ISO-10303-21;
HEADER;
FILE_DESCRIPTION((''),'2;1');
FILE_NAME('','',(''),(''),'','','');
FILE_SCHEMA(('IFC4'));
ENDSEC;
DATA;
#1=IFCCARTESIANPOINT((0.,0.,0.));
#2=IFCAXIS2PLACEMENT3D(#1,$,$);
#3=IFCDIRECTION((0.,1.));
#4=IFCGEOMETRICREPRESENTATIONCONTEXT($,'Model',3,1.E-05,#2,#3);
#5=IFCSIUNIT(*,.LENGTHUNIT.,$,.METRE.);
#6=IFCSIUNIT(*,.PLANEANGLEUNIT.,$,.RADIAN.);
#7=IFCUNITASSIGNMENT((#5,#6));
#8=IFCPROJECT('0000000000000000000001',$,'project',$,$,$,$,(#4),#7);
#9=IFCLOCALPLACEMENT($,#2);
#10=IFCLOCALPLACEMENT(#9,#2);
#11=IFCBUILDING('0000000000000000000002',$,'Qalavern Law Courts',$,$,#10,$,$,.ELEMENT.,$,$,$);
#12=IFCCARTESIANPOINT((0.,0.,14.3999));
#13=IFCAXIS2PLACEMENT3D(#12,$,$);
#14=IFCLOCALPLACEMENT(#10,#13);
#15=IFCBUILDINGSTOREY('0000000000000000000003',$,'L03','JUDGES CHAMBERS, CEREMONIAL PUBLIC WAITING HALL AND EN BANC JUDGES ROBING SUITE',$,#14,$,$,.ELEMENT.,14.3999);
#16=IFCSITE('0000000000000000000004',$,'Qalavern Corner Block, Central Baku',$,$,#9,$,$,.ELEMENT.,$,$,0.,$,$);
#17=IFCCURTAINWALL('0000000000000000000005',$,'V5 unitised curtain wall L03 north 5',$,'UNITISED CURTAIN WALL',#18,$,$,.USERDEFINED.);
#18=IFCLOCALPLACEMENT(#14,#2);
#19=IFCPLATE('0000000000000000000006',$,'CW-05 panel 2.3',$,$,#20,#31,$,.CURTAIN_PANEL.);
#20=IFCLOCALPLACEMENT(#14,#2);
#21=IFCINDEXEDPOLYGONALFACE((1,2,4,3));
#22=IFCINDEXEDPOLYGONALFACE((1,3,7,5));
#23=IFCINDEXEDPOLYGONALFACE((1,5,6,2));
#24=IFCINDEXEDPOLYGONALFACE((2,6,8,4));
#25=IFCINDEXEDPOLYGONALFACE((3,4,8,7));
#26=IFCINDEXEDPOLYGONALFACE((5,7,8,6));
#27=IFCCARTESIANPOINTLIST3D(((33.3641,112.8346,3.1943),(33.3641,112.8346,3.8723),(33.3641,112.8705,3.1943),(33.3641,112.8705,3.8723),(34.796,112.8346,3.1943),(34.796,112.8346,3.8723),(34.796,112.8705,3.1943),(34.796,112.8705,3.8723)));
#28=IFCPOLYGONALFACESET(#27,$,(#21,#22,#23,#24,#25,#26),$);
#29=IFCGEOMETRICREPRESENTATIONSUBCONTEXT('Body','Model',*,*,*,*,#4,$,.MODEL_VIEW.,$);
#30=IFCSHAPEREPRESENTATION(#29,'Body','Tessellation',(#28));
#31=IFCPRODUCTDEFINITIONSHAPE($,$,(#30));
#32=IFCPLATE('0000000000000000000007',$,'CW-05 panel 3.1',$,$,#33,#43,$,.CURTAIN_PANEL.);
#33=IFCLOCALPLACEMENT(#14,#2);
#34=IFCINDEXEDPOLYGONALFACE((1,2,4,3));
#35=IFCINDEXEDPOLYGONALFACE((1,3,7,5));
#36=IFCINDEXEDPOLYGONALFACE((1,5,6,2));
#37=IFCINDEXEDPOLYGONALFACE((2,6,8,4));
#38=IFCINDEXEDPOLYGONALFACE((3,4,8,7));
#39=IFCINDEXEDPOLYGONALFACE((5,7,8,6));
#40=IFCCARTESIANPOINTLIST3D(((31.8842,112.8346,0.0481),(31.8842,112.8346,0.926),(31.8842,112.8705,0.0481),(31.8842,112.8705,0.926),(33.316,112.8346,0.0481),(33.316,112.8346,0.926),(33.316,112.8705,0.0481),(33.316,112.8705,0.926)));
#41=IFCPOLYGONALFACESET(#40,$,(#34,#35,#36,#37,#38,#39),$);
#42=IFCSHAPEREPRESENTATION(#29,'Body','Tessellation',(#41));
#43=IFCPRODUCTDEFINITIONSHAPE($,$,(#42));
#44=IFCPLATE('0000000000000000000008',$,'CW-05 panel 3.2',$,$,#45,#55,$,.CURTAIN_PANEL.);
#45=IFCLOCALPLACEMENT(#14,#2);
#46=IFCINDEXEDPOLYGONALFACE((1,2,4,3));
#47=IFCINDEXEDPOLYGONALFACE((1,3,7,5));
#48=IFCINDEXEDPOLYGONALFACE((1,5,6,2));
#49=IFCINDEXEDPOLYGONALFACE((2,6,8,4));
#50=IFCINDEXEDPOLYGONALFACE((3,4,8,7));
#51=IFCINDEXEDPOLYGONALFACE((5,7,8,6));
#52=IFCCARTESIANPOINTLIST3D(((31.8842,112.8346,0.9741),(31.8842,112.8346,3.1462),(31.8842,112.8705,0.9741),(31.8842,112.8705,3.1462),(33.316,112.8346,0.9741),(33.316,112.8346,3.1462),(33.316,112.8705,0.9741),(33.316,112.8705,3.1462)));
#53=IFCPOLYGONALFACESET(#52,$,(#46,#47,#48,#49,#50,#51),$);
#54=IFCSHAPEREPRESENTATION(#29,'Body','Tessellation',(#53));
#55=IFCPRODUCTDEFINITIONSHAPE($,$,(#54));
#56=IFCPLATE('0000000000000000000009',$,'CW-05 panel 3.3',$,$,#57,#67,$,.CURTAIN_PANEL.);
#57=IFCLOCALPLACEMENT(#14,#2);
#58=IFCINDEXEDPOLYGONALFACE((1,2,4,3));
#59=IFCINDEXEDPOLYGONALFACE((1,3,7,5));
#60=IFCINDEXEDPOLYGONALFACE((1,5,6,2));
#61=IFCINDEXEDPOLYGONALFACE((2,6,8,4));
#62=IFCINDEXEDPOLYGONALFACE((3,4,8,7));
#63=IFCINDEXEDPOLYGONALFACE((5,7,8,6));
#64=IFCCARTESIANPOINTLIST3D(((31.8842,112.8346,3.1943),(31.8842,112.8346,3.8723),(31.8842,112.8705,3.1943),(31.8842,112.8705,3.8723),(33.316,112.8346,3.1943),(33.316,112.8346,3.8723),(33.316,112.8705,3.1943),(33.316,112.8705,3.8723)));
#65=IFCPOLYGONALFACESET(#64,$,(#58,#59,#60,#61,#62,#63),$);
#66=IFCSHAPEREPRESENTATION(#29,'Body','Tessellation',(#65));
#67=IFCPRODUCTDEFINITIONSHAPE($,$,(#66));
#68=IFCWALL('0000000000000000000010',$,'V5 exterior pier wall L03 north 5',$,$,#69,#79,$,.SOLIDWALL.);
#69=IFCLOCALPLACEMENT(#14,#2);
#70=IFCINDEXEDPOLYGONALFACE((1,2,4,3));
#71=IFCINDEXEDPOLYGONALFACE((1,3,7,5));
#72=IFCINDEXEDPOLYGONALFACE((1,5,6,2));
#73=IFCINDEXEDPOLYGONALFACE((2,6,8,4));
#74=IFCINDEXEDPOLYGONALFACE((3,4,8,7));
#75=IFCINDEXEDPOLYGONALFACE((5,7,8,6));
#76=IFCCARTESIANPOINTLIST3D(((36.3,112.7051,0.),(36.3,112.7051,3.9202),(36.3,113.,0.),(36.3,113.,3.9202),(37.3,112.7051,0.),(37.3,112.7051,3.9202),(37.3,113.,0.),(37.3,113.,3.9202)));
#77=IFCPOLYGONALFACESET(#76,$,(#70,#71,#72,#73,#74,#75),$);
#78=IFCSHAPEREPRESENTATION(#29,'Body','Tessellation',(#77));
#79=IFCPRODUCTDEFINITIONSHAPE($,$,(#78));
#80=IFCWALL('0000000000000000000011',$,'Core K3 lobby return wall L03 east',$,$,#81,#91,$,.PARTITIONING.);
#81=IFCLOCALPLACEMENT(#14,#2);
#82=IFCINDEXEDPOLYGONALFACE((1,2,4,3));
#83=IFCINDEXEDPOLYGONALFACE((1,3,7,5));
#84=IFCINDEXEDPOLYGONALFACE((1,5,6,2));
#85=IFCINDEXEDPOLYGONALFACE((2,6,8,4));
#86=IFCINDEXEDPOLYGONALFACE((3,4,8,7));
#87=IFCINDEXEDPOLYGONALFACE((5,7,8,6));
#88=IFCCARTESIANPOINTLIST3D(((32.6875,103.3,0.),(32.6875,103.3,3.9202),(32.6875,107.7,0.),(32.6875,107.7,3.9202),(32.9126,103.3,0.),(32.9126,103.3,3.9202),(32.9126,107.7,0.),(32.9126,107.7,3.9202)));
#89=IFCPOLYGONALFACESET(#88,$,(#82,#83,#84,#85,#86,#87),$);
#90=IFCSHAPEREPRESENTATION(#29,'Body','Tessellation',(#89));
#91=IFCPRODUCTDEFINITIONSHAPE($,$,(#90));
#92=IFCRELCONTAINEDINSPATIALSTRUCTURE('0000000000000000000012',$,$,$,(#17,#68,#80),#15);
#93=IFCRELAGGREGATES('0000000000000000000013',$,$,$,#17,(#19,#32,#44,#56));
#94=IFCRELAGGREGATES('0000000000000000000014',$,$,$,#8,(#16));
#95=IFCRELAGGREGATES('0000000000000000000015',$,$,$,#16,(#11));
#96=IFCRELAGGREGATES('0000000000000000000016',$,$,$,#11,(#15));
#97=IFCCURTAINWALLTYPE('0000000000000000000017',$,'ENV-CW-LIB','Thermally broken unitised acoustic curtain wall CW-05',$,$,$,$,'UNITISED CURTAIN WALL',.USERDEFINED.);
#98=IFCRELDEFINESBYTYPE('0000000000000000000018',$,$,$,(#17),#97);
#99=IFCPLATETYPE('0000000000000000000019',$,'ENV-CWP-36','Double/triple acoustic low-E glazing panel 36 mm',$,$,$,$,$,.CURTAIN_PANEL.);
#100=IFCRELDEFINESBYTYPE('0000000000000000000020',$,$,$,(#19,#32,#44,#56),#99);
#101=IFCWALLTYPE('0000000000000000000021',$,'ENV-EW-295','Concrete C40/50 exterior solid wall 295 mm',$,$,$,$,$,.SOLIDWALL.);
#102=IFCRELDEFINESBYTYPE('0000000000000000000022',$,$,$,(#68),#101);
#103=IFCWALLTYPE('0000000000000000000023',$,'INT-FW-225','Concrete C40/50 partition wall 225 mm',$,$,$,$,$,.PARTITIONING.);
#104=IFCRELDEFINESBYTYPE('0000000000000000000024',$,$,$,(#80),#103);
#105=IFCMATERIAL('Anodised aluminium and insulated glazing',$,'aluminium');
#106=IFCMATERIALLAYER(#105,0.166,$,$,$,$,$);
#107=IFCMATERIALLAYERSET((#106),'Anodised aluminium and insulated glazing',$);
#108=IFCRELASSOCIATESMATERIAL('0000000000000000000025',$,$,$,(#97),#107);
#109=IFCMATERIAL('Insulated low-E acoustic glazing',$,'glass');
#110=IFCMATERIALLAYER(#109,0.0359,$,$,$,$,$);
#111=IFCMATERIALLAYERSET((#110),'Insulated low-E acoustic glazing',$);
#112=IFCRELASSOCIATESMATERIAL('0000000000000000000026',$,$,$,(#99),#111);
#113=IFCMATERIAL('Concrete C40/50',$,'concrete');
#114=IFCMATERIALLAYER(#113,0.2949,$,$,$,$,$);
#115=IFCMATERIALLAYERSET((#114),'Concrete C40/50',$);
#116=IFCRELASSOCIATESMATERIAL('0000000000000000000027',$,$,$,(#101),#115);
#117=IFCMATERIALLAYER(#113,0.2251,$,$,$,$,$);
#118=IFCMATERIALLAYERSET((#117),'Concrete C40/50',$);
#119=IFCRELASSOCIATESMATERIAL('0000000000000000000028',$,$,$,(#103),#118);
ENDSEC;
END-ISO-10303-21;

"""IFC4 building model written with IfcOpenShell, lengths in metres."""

from ifc_helpers import new_model, si_unit, direction, frame, frame_2d, origin, origin_2d, place, context, subcontext, project, spatial, rectangle, extrude, material, layer, layer_set, type_object, element, aggregate, save


model = new_model("IFC4")

# Units and contexts
model_context = context("Model", 3, precision=1e-05, world=origin(), true_north=direction((0.0, 1.0)))
body_context = subcontext(model_context, "Body", "Model", "MODEL_VIEW")
ifc_project = project(units=[si_unit("LENGTHUNIT", "METRE"), si_unit("PLANEANGLEUNIT", "RADIAN")], contexts=[model_context])

# Site, building, storey
site_placement = place(None, origin())
site = spatial("IfcSite", under=ifc_project, at=site_placement, Name="Qalavern Corner Block, Central Baku", CompositionType="ELEMENT", RefElevation=0.0)
building_placement = place(site_placement, origin())
building = spatial("IfcBuilding", under=site, at=building_placement, Name="Qalavern Law Courts", CompositionType="ELEMENT")
storey_placement = place(building_placement, frame((0.0, 0.0, 14.3999)))
storey = spatial("IfcBuildingStorey", under=building, at=storey_placement, Name="L03", Description="JUDGES CHAMBERS, CEREMONIAL PUBLIC WAITING HALL AND EN BANC JUDGES ROBING SUITE", CompositionType="ELEMENT", Elevation=14.3999)

# Shared definitions
ifc_material_1 = material(Name="Anodised aluminium and insulated glazing", Category="aluminium")
ifc_layer_1 = layer(ifc_material_1, 0.166)
ifc_layer_set_1 = layer_set([ifc_layer_1], Name="Anodised aluminium and insulated glazing")
curtain_wall_type = type_object("IfcCurtainWallType", Name="ENV-CW-LIB", Description="Thermally broken unitised acoustic curtain wall CW-05", ElementType="UNITISED CURTAIN WALL", PredefinedType="USERDEFINED", material=ifc_layer_set_1)

# Curtain wall
curtain_wall_1_placement = place(storey_placement, origin())
curtain_wall_1 = element("IfcCurtainWall", 1, at=curtain_wall_1_placement, inside=storey, type_object=curtain_wall_type, Name="V5 unitised curtain wall L03 north 5", ObjectType="UNITISED CURTAIN WALL", PredefinedType="USERDEFINED")

# Shared definitions
ifc_material_2 = material(Name="Concrete C40/50", Category="concrete")

# Plates
ifc_material_3 = material(Name="Insulated low-E acoustic glazing", Category="glass")
ifc_layer_2 = layer(ifc_material_3, 0.0359)
ifc_layer_set_2 = layer_set([ifc_layer_2], Name="Insulated low-E acoustic glazing")
plate_type_1 = type_object("IfcPlateType", Name="ENV-CWP-36", Description="Double/triple acoustic low-E glazing panel 36 mm", PredefinedType="CURTAIN_PANEL", material=ifc_layer_set_2)
plate_1_placement = place(storey_placement, frame((34.0801, 112.8525, 3.1943), z_axis=(0.0, 0.0, 1.0), x_axis=(-1.0, 0.0, 0.0)))
plate_1 = element("IfcPlate", 2, at=plate_1_placement, type_object=plate_type_1, Name="CW-05 panel 2.3", PredefinedType="CURTAIN_PANEL", context=body_context, shape_type="SweptSolid", body=[
    extrude(rectangle(XDim=1.4319, YDim=0.0359, at=origin_2d()), origin(), (0.0, 0.0, 1.0), 0.678),
])
plate_2_placement = place(storey_placement, frame((32.6001, 112.8525, 0.0481), z_axis=(0.0, 0.0, 1.0), x_axis=(-1.0, 0.0, 0.0)))
plate_2 = element("IfcPlate", 3, at=plate_2_placement, type_object=plate_type_1, Name="CW-05 panel 3.1", PredefinedType="CURTAIN_PANEL", context=body_context, shape_type="SweptSolid", body=[
    extrude(rectangle(XDim=1.4319, YDim=0.0359, at=origin_2d()), origin(), (0.0, 0.0, 1.0), 0.8779),
])
plate_3_placement = place(storey_placement, frame((32.6001, 112.8525, 0.9741), z_axis=(0.0, 0.0, 1.0), x_axis=(-1.0, 0.0, 0.0)))
plate_3 = element("IfcPlate", 4, at=plate_3_placement, type_object=plate_type_1, Name="CW-05 panel 3.2", PredefinedType="CURTAIN_PANEL", context=body_context, shape_type="SweptSolid", body=[
    extrude(rectangle(XDim=1.4319, YDim=0.0359, at=origin_2d()), origin(), (0.0, 0.0, 1.0), 2.1721),
])
plate_4_placement = place(storey_placement, frame((32.6001, 112.8525, 3.1943), z_axis=(0.0, 0.0, 1.0), x_axis=(-1.0, 0.0, 0.0)))
plate_4 = element("IfcPlate", 5, at=plate_4_placement, type_object=plate_type_1, Name="CW-05 panel 3.3", PredefinedType="CURTAIN_PANEL", context=body_context, shape_type="SweptSolid", body=[
    extrude(rectangle(XDim=1.4319, YDim=0.0359, at=origin_2d()), origin(), (0.0, 0.0, 1.0), 0.678),
])
aggregate(curtain_wall_1, [plate_1, plate_2, plate_3, plate_4])

# Walls
ifc_layer_3 = layer(ifc_material_2, 0.2949)
ifc_layer_set_3 = layer_set([ifc_layer_3], Name="Concrete C40/50")
wall_type_1 = type_object("IfcWallType", Name="ENV-EW-295", Description="Concrete C40/50 exterior solid wall 295 mm", PredefinedType="SOLIDWALL", material=ifc_layer_set_3)
wall_1_placement = place(storey_placement, frame((37.3, 112.8525, 0.0), z_axis=(0.0, 0.0, 1.0), x_axis=(-1.0, 0.0, 0.0)))
element("IfcWall", 6, at=wall_1_placement, inside=storey, type_object=wall_type_1, Name="V5 exterior pier wall L03 north 5", PredefinedType="SOLIDWALL", context=body_context, shape_type="SweptSolid", body=[
    extrude(rectangle(XDim=1.0, YDim=0.2949, at=frame_2d((0.5, 0.0))), origin(), (0.0, 0.0, 1.0), 3.9202),
])
ifc_layer_4 = layer(ifc_material_2, 0.2251)
ifc_layer_set_4 = layer_set([ifc_layer_4], Name="Concrete C40/50")
wall_type_2 = type_object("IfcWallType", Name="INT-FW-225", Description="Concrete C40/50 partition wall 225 mm", PredefinedType="PARTITIONING", material=ifc_layer_set_4)
wall_2_placement = place(storey_placement, frame((32.8, 103.3, 0.0), z_axis=(0.0, 0.0, 1.0), x_axis=(0.0, 1.0, 0.0)))
element("IfcWall", 7, at=wall_2_placement, inside=storey, type_object=wall_type_2, Name="Core K3 lobby return wall L03 east", PredefinedType="PARTITIONING", context=body_context, shape_type="SweptSolid", body=[
    extrude(rectangle(XDim=4.3999, YDim=0.2251, at=frame_2d((2.2, 0.0))), origin(), (0.0, 0.0, 1.0), 3.9202),
])

save(model, "model.ifc")
